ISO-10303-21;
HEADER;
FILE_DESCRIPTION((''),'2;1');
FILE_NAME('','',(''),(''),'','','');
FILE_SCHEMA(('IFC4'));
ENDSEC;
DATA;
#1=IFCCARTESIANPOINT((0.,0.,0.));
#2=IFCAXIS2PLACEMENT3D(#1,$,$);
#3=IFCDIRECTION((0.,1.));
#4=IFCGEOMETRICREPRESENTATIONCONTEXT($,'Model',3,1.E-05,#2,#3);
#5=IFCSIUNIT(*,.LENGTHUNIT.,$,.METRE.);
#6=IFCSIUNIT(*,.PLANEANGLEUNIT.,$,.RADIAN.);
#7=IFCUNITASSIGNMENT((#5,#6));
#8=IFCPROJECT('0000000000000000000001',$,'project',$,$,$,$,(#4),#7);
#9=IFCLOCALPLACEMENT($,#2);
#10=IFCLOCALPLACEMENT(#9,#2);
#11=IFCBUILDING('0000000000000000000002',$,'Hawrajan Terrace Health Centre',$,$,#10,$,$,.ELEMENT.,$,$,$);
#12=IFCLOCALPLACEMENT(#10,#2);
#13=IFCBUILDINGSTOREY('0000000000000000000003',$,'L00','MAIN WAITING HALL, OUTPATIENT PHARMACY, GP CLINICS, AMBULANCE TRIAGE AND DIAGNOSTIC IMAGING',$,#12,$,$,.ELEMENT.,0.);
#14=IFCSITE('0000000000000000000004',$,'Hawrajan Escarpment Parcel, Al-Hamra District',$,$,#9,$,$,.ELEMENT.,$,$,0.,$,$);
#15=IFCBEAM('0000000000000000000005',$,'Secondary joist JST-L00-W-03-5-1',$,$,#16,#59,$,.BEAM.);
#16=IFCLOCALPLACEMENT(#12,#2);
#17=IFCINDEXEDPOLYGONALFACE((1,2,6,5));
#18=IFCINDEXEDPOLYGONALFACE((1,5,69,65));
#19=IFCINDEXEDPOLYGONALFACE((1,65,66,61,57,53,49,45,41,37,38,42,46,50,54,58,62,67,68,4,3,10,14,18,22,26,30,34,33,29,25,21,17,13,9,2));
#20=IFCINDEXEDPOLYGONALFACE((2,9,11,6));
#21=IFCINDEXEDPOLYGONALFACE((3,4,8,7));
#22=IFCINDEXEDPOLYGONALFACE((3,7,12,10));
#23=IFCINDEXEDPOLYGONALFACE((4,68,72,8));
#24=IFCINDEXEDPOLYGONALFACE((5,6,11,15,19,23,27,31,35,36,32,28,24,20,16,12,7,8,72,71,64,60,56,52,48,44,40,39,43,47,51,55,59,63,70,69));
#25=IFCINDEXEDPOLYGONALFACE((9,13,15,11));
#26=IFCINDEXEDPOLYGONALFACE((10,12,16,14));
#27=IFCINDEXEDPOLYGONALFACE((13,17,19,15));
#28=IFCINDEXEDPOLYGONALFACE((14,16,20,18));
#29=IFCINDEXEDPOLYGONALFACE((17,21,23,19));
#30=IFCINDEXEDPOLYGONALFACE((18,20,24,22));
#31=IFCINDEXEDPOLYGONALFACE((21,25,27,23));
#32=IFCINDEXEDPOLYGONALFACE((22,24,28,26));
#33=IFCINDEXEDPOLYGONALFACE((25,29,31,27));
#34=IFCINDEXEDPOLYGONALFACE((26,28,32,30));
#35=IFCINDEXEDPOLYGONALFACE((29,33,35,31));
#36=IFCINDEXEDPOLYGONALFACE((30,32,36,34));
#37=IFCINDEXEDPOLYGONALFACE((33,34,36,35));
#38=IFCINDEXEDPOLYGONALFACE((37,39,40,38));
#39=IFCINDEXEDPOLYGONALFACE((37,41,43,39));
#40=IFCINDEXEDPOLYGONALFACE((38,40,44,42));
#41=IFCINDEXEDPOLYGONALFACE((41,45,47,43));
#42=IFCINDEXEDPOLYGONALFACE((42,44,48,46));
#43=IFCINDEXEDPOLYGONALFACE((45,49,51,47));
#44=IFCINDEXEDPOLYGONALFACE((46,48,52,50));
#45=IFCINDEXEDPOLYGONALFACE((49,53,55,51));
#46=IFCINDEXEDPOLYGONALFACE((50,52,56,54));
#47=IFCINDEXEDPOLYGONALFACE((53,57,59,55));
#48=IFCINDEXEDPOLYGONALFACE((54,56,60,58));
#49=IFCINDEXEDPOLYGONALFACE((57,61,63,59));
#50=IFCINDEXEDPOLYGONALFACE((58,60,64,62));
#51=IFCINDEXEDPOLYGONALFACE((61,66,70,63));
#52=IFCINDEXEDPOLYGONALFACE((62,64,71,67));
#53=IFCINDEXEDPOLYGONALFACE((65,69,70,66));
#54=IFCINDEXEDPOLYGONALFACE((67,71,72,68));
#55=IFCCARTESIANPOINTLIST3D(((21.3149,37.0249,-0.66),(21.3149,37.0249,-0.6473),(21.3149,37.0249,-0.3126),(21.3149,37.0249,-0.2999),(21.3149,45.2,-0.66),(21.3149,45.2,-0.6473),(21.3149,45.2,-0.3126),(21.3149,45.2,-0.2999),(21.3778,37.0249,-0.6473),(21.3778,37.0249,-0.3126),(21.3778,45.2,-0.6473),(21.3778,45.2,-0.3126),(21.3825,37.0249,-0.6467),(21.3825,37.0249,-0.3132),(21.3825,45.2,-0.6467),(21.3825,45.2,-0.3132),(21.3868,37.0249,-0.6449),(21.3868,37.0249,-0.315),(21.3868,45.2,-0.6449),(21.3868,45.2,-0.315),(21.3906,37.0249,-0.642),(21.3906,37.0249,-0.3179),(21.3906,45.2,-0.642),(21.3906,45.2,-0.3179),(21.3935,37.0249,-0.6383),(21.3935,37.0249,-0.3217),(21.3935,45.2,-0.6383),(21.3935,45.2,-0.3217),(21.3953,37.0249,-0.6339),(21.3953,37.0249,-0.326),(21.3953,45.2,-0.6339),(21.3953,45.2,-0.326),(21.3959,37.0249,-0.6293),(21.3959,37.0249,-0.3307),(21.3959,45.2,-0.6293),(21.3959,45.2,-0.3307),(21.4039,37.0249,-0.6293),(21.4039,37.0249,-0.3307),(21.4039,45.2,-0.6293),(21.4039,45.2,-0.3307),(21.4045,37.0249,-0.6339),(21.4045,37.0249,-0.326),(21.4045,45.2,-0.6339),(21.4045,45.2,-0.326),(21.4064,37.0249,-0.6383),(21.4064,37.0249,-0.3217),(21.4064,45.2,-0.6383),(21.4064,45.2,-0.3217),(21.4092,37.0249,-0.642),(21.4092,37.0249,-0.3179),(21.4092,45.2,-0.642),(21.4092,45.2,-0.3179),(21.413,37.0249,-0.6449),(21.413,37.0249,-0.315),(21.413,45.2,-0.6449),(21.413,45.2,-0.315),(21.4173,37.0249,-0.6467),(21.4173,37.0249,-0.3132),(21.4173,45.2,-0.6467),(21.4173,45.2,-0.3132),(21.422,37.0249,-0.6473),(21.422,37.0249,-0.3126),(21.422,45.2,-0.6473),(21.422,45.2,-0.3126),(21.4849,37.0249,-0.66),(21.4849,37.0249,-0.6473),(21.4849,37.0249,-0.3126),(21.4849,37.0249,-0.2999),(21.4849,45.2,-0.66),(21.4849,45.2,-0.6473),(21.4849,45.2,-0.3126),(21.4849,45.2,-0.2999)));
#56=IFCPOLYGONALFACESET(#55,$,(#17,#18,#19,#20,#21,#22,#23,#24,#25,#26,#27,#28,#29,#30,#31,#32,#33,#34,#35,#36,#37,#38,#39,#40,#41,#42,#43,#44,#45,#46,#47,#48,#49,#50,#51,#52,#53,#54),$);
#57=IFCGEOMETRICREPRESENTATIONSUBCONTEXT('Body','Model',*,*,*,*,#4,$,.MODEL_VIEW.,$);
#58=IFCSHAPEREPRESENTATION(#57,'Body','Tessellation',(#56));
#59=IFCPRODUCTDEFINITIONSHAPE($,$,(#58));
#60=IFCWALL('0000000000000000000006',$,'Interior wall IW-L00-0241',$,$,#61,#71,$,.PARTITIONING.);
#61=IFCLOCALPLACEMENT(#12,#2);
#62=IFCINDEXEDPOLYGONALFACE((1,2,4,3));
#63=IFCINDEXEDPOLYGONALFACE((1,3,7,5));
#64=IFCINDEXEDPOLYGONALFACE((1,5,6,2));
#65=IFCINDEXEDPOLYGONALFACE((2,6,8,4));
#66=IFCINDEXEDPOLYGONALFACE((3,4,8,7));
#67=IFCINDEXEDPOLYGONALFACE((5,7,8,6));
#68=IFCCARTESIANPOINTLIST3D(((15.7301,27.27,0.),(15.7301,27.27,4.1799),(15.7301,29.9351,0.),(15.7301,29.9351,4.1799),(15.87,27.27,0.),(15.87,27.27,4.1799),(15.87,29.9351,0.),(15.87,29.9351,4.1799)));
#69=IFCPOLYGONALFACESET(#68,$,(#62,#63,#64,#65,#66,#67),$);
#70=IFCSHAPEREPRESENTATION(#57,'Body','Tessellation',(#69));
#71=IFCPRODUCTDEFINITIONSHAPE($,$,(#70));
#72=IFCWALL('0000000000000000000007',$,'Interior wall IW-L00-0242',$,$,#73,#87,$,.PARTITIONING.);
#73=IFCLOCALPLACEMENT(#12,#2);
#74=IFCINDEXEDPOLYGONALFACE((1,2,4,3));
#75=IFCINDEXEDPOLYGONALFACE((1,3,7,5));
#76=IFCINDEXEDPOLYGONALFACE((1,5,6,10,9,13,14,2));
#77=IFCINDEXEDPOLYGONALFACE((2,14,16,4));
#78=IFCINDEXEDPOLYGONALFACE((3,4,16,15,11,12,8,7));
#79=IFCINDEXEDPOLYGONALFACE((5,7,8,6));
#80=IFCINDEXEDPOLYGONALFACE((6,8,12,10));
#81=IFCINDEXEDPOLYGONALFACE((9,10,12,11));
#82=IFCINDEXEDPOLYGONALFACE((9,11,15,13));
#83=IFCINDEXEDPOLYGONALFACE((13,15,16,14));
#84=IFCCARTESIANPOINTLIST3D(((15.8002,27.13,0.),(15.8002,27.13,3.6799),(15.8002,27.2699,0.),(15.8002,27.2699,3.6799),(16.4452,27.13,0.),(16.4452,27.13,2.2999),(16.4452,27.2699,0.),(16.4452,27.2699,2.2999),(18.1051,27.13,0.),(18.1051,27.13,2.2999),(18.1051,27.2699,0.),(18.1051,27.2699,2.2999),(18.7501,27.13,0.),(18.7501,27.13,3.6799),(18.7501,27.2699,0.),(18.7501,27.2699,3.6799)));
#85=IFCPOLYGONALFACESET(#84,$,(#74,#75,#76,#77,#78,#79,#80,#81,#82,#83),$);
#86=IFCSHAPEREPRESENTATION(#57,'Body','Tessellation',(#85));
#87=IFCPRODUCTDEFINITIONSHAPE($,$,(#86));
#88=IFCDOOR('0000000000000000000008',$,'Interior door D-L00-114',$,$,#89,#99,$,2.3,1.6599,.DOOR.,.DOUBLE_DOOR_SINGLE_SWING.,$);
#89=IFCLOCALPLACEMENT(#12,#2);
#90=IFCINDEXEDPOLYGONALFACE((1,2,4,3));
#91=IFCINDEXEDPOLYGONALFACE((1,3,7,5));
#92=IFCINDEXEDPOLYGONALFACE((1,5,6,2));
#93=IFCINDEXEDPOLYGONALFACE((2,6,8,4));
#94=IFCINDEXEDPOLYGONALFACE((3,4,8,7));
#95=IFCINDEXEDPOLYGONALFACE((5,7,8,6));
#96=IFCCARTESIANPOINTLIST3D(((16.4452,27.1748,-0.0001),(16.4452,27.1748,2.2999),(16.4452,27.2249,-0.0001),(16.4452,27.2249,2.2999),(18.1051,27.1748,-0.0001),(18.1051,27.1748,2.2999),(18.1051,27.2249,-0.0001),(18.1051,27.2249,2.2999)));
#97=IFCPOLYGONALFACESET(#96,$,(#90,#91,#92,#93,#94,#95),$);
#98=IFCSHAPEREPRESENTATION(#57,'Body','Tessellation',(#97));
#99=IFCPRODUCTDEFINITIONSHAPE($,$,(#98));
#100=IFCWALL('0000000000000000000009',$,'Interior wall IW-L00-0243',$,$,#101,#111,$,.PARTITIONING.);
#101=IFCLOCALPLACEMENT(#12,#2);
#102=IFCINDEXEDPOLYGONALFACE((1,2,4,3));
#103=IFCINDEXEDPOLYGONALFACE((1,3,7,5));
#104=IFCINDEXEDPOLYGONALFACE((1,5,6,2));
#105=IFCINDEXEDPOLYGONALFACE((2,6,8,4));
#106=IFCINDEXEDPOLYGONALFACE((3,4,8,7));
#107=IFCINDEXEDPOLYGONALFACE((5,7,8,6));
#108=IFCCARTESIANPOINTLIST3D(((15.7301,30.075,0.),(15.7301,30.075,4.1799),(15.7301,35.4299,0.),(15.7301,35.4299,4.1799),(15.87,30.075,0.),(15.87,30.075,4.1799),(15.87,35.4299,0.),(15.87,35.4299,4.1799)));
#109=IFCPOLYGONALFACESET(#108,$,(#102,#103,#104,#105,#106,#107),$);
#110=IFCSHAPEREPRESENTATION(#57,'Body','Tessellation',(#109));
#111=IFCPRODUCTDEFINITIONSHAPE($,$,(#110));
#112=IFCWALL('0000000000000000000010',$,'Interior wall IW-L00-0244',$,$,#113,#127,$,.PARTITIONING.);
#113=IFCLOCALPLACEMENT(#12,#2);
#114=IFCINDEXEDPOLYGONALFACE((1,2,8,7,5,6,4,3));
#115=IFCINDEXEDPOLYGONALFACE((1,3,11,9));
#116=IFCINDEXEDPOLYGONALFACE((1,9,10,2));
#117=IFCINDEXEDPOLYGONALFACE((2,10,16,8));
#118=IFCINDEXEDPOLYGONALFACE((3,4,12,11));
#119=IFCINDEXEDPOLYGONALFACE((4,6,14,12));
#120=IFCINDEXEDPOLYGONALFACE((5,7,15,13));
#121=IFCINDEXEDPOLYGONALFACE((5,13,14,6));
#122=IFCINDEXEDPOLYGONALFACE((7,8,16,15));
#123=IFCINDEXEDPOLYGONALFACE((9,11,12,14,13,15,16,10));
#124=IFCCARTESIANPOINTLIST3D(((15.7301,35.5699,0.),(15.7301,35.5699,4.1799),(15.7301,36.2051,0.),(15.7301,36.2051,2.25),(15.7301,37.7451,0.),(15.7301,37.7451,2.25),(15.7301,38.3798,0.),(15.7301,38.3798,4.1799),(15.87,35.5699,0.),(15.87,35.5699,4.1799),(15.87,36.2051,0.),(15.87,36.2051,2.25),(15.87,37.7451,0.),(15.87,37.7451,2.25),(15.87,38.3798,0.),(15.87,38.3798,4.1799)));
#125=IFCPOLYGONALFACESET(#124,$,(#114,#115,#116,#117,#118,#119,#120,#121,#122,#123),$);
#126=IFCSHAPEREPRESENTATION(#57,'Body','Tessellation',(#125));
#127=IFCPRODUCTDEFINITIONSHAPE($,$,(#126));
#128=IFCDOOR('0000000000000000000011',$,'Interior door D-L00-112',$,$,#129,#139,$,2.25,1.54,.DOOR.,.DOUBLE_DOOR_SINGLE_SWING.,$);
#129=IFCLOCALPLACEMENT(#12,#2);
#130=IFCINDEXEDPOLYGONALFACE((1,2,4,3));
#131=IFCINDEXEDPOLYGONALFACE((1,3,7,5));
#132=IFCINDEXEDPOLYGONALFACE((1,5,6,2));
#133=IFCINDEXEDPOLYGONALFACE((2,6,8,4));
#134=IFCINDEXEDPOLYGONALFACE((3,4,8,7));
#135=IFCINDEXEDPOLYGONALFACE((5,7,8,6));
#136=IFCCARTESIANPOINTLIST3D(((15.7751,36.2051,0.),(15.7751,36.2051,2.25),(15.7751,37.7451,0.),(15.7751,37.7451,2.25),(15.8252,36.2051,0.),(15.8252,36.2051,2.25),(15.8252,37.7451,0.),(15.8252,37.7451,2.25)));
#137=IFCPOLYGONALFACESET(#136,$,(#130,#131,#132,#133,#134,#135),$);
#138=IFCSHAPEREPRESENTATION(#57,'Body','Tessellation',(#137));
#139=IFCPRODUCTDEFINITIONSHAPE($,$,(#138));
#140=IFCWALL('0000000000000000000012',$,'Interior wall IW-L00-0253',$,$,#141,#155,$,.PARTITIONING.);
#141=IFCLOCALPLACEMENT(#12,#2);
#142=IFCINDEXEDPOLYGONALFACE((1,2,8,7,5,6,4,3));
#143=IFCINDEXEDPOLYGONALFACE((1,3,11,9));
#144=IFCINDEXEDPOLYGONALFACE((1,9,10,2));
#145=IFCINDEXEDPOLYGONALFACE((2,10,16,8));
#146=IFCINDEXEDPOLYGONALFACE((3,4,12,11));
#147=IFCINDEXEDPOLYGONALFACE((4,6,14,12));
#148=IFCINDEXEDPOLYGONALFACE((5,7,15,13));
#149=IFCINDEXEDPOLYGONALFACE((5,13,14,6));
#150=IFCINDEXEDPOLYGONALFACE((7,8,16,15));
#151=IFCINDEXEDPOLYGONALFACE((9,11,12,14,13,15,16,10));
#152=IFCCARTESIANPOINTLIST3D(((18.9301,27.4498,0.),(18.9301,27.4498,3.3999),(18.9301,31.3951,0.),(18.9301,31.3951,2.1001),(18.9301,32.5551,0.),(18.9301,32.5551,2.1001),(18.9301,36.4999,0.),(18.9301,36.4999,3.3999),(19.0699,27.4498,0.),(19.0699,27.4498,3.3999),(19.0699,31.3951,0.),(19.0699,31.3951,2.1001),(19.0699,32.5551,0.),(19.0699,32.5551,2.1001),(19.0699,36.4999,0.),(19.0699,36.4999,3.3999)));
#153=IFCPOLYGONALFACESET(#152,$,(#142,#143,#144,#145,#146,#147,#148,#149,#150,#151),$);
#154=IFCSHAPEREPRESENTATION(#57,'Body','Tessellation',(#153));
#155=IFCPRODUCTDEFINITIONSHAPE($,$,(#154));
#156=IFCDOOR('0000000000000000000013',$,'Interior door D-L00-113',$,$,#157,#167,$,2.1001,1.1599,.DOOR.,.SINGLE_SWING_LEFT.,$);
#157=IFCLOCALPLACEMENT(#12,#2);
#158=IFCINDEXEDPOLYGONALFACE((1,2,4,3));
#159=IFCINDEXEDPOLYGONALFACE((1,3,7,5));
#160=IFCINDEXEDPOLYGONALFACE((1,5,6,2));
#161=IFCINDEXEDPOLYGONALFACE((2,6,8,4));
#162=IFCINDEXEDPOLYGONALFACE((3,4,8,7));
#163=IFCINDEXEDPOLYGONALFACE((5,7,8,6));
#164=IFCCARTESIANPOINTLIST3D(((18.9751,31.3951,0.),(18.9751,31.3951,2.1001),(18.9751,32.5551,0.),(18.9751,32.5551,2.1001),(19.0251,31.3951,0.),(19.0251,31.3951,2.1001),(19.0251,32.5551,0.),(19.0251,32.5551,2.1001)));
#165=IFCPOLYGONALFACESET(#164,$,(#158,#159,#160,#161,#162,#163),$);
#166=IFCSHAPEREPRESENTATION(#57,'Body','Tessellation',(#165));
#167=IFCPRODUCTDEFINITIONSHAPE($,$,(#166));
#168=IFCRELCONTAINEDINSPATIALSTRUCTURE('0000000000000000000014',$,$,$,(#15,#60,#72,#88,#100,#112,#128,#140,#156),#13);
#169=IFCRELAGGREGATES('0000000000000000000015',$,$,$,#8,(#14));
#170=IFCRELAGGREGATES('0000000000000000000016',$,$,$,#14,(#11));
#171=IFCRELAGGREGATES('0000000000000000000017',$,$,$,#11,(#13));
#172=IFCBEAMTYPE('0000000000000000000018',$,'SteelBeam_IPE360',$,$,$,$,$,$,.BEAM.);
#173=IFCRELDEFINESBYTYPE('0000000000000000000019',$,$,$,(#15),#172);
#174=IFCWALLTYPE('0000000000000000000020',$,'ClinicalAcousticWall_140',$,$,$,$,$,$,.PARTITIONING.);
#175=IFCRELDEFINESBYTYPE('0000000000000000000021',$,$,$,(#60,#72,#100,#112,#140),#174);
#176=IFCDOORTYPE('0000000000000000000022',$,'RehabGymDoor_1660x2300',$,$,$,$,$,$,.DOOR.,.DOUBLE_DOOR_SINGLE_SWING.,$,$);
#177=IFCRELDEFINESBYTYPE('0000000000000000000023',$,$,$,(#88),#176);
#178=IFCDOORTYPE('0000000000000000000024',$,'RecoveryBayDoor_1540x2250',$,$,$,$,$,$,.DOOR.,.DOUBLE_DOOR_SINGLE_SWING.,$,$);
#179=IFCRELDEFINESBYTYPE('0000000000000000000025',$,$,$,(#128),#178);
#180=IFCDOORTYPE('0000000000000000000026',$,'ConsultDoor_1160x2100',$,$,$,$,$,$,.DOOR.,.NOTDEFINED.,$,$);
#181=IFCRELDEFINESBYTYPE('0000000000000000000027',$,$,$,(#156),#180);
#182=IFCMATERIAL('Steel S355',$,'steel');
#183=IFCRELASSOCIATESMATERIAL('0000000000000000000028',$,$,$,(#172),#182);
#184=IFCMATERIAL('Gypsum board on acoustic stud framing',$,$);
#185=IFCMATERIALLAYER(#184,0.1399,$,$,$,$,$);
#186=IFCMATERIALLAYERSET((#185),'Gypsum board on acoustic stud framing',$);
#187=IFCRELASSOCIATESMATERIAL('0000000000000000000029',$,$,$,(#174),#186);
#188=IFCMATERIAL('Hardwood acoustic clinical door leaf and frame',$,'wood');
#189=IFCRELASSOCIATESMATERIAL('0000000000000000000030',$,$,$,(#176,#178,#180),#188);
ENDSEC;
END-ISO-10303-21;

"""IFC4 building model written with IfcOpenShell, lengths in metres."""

from ifc_helpers import new_model, si_unit, direction, frame, frame_2d, origin, origin_2d, place, context, subcontext, project, spatial, rectangle, i_section, extrude, material, layer, layer_set, material_profile, profile_set, type_object, element, fill, save


model = new_model("IFC4")

# Units and contexts
model_context = context("Model", 3, precision=1e-05, world=origin(), true_north=direction((0.0, 1.0)))
body_context = subcontext(model_context, "Body", "Model", "MODEL_VIEW")
ifc_project = project(units=[si_unit("LENGTHUNIT", "METRE"), si_unit("PLANEANGLEUNIT", "RADIAN")], contexts=[model_context])

# Site, building, storey
site_placement = place(None, origin())
site = spatial("IfcSite", under=ifc_project, at=site_placement, Name="Hawrajan Escarpment Parcel, Al-Hamra District", CompositionType="ELEMENT", RefElevation=0.0)
building_placement = place(site_placement, origin())
building = spatial("IfcBuilding", under=site, at=building_placement, Name="Hawrajan Terrace Health Centre", CompositionType="ELEMENT")
storey_placement = place(building_placement, origin())
storey = spatial("IfcBuildingStorey", under=building, at=storey_placement, Name="L00", Description="MAIN WAITING HALL, OUTPATIENT PHARMACY, GP CLINICS, AMBULANCE TRIAGE AND DIAGNOSTIC IMAGING", CompositionType="ELEMENT", Elevation=0.0)

# Beam
ifc_material_1 = material(Name="Steel S355", Category="steel")
ifc_material_profile_1 = material_profile(ifc_material_1, i_section(OverallWidth=0.1699, OverallDepth=0.3601, WebThickness=0.0081, FlangeThickness=0.0127, FilletRadius=0.0181, at=origin_2d()), Name="IPE 360")
ifc_profile_set_1 = profile_set([ifc_material_profile_1], Name="Steel S355")
beam_type_1 = type_object("IfcBeamType", Name="SteelBeam_IPE360", PredefinedType="BEAM", material=ifc_profile_set_1)
beam_1_placement = place(storey_placement, frame((21.3999, 37.0249, -0.48), z_axis=(0.0, 1.0, 0.0), x_axis=(-1.0, 0.0, 0.0)))
element("IfcBeam", 1, at=beam_1_placement, inside=storey, type_object=beam_type_1, Name="Secondary joist JST-L00-W-03-5-1", PredefinedType="BEAM", context=body_context, shape_type="SweptSolid", body=[
    extrude(i_section(OverallWidth=0.1699, OverallDepth=0.3601, WebThickness=0.0081, FlangeThickness=0.0127, FilletRadius=0.0181, at=origin_2d()), origin(), (0.0, 0.0, 1.0), 8.175),
])

# Wall
ifc_material_2 = material(Name="Gypsum board on acoustic stud framing")
ifc_layer = layer(ifc_material_2, 0.1399)
ifc_layer_set = layer_set([ifc_layer], Name="Gypsum board on acoustic stud framing")
wall_type = type_object("IfcWallType", Name="ClinicalAcousticWall_140", PredefinedType="PARTITIONING", material=ifc_layer_set)
wall_1_placement = place(storey_placement, frame((15.8, 27.27, 0.0), z_axis=(0.0, 0.0, 1.0), x_axis=(0.0, 1.0, 0.0)))
element("IfcWall", 2, at=wall_1_placement, inside=storey, type_object=wall_type, Name="Interior wall IW-L00-0241", PredefinedType="PARTITIONING", context=body_context, shape_type="SweptSolid", body=[
    extrude(rectangle(XDim=2.665, YDim=0.1399, at=frame_2d((1.3325, 0.0))), origin(), (0.0, 0.0, 1.0), 4.1799),
])

# Wall, opening, door
wall_2_placement = place(storey_placement, frame((15.8, 27.2, 0.0), z_axis=(0.0, 0.0, 1.0), x_axis=(1.0, 0.0, 0.0)))
wall_2 = element("IfcWall", 3, at=wall_2_placement, inside=storey, type_object=wall_type, Name="Interior wall IW-L00-0242", PredefinedType="PARTITIONING", context=body_context, shape_type="SweptSolid", body=[
    extrude(rectangle(XDim=2.95, YDim=0.1399, at=frame_2d((1.4751, 0.0))), origin(), (0.0, 0.0, 1.0), 3.6799),
])
opening_1_placement = place(wall_2_placement, frame((0.645, 0.0, 0.0)))
opening_1 = element("IfcOpeningElement", 4, at=opening_1_placement, cuts=wall_2, PredefinedType="OPENING", context=body_context, shape_type="SweptSolid", body=[
    extrude(rectangle(XDim=1.6599, YDim=2.3, at=frame_2d((0.8301, 1.1499))), frame((0.0, 0.0798, 0.0), z_axis=(0.0, -1.0, 0.0), x_axis=(1.0, 0.0, 0.0)), (0.0, 0.0, 1.0), 0.1599),
])
ifc_material_3 = material(Name="Hardwood acoustic clinical door leaf and frame", Category="wood")
door_type_1 = type_object("IfcDoorType", Name="RehabGymDoor_1660x2300", OperationType="DOUBLE_DOOR_SINGLE_SWING", PredefinedType="DOOR", material=ifc_material_3)
door_1_placement = place(opening_1_placement, origin())
door_1 = element("IfcDoor", 5, at=door_1_placement, inside=storey, type_object=door_type_1, Name="Interior door D-L00-114", OperationType="DOUBLE_DOOR_SINGLE_SWING", OverallHeight=2.3, OverallWidth=1.6599, PredefinedType="DOOR", context=body_context, shape_type="SweptSolid", body=[
    extrude(rectangle(XDim=1.6599, YDim=2.3, at=frame_2d((0.8301, 1.1499))), frame((0.0, 0.0249, 0.0), z_axis=(0.0, -1.0, 0.0), x_axis=(1.0, 0.0, 0.0)), (0.0, 0.0, 1.0), 0.05),
])
fill(opening_1, door_1)

# Wall
wall_3_placement = place(storey_placement, frame((15.8, 30.075, 0.0), z_axis=(0.0, 0.0, 1.0), x_axis=(0.0, 1.0, 0.0)))
element("IfcWall", 6, at=wall_3_placement, inside=storey, type_object=wall_type, Name="Interior wall IW-L00-0243", PredefinedType="PARTITIONING", context=body_context, shape_type="SweptSolid", body=[
    extrude(rectangle(XDim=5.355, YDim=0.1399, at=frame_2d((2.6775, 0.0))), origin(), (0.0, 0.0, 1.0), 4.1799),
])

# Walls, openings, doors
wall_4_placement = place(storey_placement, frame((15.8, 35.5701, 0.0), z_axis=(0.0, 0.0, 1.0), x_axis=(0.0, 1.0, 0.0)))
wall_4 = element("IfcWall", 7, at=wall_4_placement, inside=storey, type_object=wall_type, Name="Interior wall IW-L00-0244", PredefinedType="PARTITIONING", context=body_context, shape_type="SweptSolid", body=[
    extrude(rectangle(XDim=2.8098, YDim=0.1399, at=frame_2d((1.4048, 0.0))), origin(), (0.0, 0.0, 1.0), 4.1799),
])
opening_2_placement = place(wall_4_placement, frame((0.635, 0.0, 0.0)))
opening_2 = element("IfcOpeningElement", 8, at=opening_2_placement, cuts=wall_4, PredefinedType="OPENING", context=body_context, shape_type="SweptSolid", body=[
    extrude(rectangle(XDim=1.54, YDim=2.25, at=frame_2d((0.77, 1.125))), frame((0.0, 0.0798, 0.0), z_axis=(0.0, -1.0, 0.0), x_axis=(1.0, 0.0, 0.0)), (0.0, 0.0, 1.0), 0.1599),
])
door_type_2 = type_object("IfcDoorType", Name="RecoveryBayDoor_1540x2250", OperationType="DOUBLE_DOOR_SINGLE_SWING", PredefinedType="DOOR", material=ifc_material_3)
door_2_placement = place(opening_2_placement, origin())
door_2 = element("IfcDoor", 9, at=door_2_placement, inside=storey, type_object=door_type_2, Name="Interior door D-L00-112", OperationType="DOUBLE_DOOR_SINGLE_SWING", OverallHeight=2.25, OverallWidth=1.54, PredefinedType="DOOR", context=body_context, shape_type="SweptSolid", body=[
    extrude(rectangle(XDim=1.54, YDim=2.25, at=frame_2d((0.77, 1.125))), frame((0.0, 0.0249, 0.0), z_axis=(0.0, -1.0, 0.0), x_axis=(1.0, 0.0, 0.0)), (0.0, 0.0, 1.0), 0.05),
])
fill(opening_2, door_2)
wall_5_placement = place(storey_placement, frame((19.0, 27.45, 0.0), z_axis=(0.0, 0.0, 1.0), x_axis=(0.0, 1.0, 0.0)))
wall_5 = element("IfcWall", 10, at=wall_5_placement, inside=storey, type_object=wall_type, Name="Interior wall IW-L00-0253", PredefinedType="PARTITIONING", context=body_context, shape_type="SweptSolid", body=[
    extrude(rectangle(XDim=9.05, YDim=0.1399, at=frame_2d((4.5249, 0.0))), origin(), (0.0, 0.0, 1.0), 3.3999),
])
opening_3_placement = place(wall_5_placement, frame((3.9451, 0.0, 0.0)))
opening_3 = element("IfcOpeningElement", 11, at=opening_3_placement, cuts=wall_5, PredefinedType="OPENING", context=body_context, shape_type="SweptSolid", body=[
    extrude(rectangle(XDim=1.1599, YDim=2.1001, at=frame_2d((0.5801, 1.05))), frame((0.0, 0.0798, 0.0), z_axis=(0.0, -1.0, 0.0), x_axis=(1.0, 0.0, 0.0)), (0.0, 0.0, 1.0), 0.1599),
])
door_type_3 = type_object("IfcDoorType", Name="ConsultDoor_1160x2100", OperationType="NOTDEFINED", PredefinedType="DOOR", material=ifc_material_3)
door_3_placement = place(opening_3_placement, origin())
door_3 = element("IfcDoor", 12, at=door_3_placement, inside=storey, type_object=door_type_3, Name="Interior door D-L00-113", OperationType="SINGLE_SWING_LEFT", OverallHeight=2.1001, OverallWidth=1.1599, PredefinedType="DOOR", context=body_context, shape_type="SweptSolid", body=[
    extrude(rectangle(XDim=1.1599, YDim=2.1001, at=frame_2d((0.5801, 1.05))), frame((0.0, 0.0249, 0.0), z_axis=(0.0, -1.0, 0.0), x_axis=(1.0, 0.0, 0.0)), (0.0, 0.0, 1.0), 0.05),
])
fill(opening_3, door_3)

save(model, "model.ifc")
